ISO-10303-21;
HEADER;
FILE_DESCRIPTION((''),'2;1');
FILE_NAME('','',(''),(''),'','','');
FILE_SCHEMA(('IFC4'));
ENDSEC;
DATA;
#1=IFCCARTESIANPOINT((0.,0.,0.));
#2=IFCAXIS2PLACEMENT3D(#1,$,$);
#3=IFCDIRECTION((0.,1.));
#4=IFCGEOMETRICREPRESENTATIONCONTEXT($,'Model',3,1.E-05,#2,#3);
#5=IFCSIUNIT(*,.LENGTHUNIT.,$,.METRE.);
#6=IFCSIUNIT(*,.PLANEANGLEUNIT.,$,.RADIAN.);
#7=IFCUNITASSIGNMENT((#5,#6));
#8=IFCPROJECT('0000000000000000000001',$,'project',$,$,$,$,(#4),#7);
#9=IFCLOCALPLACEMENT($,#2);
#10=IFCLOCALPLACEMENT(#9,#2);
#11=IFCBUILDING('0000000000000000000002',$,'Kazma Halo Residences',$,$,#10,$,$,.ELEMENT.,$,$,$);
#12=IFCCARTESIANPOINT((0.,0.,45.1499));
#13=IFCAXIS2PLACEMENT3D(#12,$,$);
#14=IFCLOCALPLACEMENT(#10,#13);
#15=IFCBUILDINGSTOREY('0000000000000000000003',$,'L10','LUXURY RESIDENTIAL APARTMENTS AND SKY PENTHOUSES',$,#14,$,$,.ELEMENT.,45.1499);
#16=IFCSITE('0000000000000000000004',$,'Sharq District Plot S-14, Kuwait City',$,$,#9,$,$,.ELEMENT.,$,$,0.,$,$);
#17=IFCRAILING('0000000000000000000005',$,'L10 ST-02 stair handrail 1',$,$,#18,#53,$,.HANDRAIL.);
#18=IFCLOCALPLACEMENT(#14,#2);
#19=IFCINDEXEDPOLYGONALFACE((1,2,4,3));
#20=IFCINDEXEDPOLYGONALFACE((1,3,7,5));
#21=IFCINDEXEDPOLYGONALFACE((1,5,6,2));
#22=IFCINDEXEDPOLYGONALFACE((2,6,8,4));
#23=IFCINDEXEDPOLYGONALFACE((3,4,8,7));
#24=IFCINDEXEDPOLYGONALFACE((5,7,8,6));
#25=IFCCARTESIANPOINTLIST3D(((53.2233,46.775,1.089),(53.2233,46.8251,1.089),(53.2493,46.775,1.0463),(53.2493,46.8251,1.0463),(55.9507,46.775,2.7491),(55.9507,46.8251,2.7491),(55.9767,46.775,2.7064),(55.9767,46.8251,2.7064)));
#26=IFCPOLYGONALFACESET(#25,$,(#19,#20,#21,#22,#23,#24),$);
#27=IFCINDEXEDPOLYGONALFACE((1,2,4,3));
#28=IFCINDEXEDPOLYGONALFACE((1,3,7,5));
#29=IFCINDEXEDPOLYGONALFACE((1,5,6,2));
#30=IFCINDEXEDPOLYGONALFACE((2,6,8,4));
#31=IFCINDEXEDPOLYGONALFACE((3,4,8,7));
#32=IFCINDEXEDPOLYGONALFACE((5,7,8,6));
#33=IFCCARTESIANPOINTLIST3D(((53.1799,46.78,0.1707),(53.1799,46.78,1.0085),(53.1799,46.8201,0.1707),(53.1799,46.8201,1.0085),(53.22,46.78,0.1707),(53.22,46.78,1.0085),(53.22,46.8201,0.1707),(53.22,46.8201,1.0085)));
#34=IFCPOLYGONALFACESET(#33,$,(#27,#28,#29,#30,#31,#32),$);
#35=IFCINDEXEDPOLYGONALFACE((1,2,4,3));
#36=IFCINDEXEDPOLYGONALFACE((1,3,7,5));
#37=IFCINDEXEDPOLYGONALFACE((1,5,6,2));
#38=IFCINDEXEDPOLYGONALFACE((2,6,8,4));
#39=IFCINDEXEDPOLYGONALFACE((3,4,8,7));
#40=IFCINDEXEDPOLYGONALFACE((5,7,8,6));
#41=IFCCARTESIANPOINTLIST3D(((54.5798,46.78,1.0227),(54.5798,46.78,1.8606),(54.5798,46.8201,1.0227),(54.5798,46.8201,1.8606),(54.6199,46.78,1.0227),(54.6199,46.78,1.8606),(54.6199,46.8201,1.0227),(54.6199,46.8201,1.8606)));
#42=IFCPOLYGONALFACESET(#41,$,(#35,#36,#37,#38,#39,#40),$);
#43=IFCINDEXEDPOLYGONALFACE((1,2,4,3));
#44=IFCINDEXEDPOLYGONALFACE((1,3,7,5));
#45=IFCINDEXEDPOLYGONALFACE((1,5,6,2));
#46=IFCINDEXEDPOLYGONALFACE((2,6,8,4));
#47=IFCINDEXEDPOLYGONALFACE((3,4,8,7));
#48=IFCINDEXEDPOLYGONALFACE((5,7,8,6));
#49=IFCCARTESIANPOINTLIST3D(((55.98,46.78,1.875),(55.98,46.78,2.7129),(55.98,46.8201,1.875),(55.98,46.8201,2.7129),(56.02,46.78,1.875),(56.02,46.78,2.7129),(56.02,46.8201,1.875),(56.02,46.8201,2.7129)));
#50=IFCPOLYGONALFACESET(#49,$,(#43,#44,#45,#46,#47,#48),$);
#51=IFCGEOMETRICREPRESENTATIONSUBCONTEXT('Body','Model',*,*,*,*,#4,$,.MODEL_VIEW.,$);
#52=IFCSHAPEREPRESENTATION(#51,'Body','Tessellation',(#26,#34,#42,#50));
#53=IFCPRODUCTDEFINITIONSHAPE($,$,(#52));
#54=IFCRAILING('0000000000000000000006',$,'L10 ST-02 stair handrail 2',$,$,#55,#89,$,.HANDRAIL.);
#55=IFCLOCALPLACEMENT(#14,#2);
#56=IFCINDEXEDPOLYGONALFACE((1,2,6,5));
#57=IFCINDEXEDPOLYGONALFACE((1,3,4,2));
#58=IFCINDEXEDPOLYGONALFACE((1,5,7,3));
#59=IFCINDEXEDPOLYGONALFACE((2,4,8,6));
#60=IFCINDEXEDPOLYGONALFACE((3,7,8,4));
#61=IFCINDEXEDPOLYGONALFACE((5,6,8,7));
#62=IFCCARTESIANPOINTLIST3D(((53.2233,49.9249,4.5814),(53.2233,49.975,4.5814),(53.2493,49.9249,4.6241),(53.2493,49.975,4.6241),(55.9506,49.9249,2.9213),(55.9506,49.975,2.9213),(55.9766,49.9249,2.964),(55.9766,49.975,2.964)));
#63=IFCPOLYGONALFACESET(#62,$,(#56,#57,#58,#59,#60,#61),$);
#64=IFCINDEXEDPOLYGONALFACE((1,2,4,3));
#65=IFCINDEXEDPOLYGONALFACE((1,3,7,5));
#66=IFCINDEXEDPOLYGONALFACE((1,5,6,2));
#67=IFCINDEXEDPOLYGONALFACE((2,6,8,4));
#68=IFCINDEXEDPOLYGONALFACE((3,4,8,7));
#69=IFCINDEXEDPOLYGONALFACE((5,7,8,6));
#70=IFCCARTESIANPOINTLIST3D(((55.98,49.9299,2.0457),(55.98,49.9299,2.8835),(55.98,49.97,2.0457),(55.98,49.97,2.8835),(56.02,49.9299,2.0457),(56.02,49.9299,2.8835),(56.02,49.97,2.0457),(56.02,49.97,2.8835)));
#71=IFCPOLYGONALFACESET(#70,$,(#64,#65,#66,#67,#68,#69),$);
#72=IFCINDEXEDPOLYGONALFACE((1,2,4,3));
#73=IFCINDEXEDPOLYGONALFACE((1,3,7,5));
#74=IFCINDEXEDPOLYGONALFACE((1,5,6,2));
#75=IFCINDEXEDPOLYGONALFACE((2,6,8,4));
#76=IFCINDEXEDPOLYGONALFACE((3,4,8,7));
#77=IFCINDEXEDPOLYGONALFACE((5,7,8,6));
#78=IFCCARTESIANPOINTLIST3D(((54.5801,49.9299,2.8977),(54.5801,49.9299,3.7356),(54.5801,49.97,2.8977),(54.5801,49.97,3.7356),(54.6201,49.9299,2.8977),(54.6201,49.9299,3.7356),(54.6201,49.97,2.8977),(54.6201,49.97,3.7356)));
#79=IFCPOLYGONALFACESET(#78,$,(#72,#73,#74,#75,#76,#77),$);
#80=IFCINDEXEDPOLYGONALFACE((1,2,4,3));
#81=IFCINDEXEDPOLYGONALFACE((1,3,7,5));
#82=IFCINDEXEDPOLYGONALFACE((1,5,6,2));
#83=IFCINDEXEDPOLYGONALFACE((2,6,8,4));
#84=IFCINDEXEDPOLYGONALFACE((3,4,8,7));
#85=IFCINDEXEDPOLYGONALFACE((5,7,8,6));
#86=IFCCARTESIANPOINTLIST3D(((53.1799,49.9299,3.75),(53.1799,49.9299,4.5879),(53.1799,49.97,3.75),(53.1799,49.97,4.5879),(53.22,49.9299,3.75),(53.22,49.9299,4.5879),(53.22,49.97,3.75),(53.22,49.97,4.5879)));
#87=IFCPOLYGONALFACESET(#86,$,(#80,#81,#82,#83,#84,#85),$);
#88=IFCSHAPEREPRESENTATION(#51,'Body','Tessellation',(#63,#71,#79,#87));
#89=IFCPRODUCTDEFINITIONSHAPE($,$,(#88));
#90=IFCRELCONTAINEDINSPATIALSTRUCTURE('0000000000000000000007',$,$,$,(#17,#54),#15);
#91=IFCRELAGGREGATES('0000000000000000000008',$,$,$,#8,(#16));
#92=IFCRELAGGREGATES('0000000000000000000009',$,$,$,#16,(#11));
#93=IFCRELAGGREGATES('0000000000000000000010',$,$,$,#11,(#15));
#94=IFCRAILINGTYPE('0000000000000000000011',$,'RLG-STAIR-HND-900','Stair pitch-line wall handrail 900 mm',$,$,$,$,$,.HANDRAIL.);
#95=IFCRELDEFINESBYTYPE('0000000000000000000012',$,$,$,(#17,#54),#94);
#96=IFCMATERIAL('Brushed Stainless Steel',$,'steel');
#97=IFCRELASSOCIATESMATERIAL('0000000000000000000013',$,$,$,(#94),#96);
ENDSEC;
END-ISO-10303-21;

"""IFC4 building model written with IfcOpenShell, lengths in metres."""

from ifc_helpers import new_model, si_unit, direction, frame, origin, origin_2d, place, context, subcontext, project, spatial, rectangle, extrude, material, type_object, element, save


model = new_model("IFC4")

# Units and contexts
model_context = context("Model", 3, precision=1e-05, world=origin(), true_north=direction((0.0, 1.0)))
body_context = subcontext(model_context, "Body", "Model", "MODEL_VIEW")
ifc_project = project(units=[si_unit("LENGTHUNIT", "METRE"), si_unit("PLANEANGLEUNIT", "RADIAN")], contexts=[model_context])

# Site, building, storey
site_placement = place(None, origin())
site = spatial("IfcSite", under=ifc_project, at=site_placement, Name="Sharq District Plot S-14, Kuwait City", CompositionType="ELEMENT", RefElevation=0.0)
building_placement = place(site_placement, origin())
building = spatial("IfcBuilding", under=site, at=building_placement, Name="Kazma Halo Residences", CompositionType="ELEMENT")
storey_placement = place(building_placement, frame((0.0, 0.0, 45.1499)))
storey = spatial("IfcBuildingStorey", under=building, at=storey_placement, Name="L10", Description="LUXURY RESIDENTIAL APARTMENTS AND SKY PENTHOUSES", CompositionType="ELEMENT", Elevation=45.1499)

# Railings
ifc_material_1 = material(Name="Brushed Stainless Steel", Category="steel")
railing_type_1 = type_object("IfcRailingType", Name="RLG-STAIR-HND-900", Description="Stair pitch-line wall handrail 900 mm", PredefinedType="HANDRAIL", material=ifc_material_1)
railing_1_placement = place(storey_placement, frame((53.2, 46.8, 0.1707)))
element("IfcRailing", 1, at=railing_1_placement, inside=storey, type_object=railing_type_1, Name="L10 ST-02 stair handrail 1", PredefinedType="HANDRAIL", context=body_context, shape_type="SweptSolid", body=[
    extrude(rectangle(XDim=0.05, YDim=0.05, at=origin_2d()), frame((0.0364, 0.0, 0.897), z_axis=(0.854203, 0.0, 0.51994), x_axis=(0.0, 1.0, 0.0)), (0.0, 0.0, 1.0), 3.1929),
    extrude(rectangle(XDim=0.04, YDim=0.04, at=origin_2d()), origin(), (0.0, 0.0, 1.0), 0.8379),
    extrude(rectangle(XDim=0.04, YDim=0.04, at=origin_2d()), frame((1.3999, 0.0, 0.8521)), (0.0, 0.0, 1.0), 0.8379),
    extrude(rectangle(XDim=0.04, YDim=0.04, at=origin_2d()), frame((2.8, 0.0, 1.7043)), (0.0, 0.0, 1.0), 0.8379),
])
railing_2_placement = place(storey_placement, frame((56.0, 49.95, 2.0457)))
element("IfcRailing", 2, at=railing_2_placement, inside=storey, type_object=railing_type_1, Name="L10 ST-02 stair handrail 2", PredefinedType="HANDRAIL", context=body_context, shape_type="SweptSolid", body=[
    extrude(rectangle(XDim=0.05, YDim=0.05, at=origin_2d()), frame((-0.0364, 0.0, 0.897), z_axis=(-0.854203, 0.0, 0.51994), x_axis=(0.0, -1.0, 0.0)), (0.0, 0.0, 1.0), 3.1929),
    extrude(rectangle(XDim=0.04, YDim=0.04, at=origin_2d()), origin(), (0.0, 0.0, 1.0), 0.8379),
    extrude(rectangle(XDim=0.04, YDim=0.04, at=origin_2d()), frame((-1.3999, 0.0, 0.8521)), (0.0, 0.0, 1.0), 0.8379),
    extrude(rectangle(XDim=0.04, YDim=0.04, at=origin_2d()), frame((-2.8, 0.0, 1.7043)), (0.0, 0.0, 1.0), 0.8379),
])

save(model, "model.ifc")
